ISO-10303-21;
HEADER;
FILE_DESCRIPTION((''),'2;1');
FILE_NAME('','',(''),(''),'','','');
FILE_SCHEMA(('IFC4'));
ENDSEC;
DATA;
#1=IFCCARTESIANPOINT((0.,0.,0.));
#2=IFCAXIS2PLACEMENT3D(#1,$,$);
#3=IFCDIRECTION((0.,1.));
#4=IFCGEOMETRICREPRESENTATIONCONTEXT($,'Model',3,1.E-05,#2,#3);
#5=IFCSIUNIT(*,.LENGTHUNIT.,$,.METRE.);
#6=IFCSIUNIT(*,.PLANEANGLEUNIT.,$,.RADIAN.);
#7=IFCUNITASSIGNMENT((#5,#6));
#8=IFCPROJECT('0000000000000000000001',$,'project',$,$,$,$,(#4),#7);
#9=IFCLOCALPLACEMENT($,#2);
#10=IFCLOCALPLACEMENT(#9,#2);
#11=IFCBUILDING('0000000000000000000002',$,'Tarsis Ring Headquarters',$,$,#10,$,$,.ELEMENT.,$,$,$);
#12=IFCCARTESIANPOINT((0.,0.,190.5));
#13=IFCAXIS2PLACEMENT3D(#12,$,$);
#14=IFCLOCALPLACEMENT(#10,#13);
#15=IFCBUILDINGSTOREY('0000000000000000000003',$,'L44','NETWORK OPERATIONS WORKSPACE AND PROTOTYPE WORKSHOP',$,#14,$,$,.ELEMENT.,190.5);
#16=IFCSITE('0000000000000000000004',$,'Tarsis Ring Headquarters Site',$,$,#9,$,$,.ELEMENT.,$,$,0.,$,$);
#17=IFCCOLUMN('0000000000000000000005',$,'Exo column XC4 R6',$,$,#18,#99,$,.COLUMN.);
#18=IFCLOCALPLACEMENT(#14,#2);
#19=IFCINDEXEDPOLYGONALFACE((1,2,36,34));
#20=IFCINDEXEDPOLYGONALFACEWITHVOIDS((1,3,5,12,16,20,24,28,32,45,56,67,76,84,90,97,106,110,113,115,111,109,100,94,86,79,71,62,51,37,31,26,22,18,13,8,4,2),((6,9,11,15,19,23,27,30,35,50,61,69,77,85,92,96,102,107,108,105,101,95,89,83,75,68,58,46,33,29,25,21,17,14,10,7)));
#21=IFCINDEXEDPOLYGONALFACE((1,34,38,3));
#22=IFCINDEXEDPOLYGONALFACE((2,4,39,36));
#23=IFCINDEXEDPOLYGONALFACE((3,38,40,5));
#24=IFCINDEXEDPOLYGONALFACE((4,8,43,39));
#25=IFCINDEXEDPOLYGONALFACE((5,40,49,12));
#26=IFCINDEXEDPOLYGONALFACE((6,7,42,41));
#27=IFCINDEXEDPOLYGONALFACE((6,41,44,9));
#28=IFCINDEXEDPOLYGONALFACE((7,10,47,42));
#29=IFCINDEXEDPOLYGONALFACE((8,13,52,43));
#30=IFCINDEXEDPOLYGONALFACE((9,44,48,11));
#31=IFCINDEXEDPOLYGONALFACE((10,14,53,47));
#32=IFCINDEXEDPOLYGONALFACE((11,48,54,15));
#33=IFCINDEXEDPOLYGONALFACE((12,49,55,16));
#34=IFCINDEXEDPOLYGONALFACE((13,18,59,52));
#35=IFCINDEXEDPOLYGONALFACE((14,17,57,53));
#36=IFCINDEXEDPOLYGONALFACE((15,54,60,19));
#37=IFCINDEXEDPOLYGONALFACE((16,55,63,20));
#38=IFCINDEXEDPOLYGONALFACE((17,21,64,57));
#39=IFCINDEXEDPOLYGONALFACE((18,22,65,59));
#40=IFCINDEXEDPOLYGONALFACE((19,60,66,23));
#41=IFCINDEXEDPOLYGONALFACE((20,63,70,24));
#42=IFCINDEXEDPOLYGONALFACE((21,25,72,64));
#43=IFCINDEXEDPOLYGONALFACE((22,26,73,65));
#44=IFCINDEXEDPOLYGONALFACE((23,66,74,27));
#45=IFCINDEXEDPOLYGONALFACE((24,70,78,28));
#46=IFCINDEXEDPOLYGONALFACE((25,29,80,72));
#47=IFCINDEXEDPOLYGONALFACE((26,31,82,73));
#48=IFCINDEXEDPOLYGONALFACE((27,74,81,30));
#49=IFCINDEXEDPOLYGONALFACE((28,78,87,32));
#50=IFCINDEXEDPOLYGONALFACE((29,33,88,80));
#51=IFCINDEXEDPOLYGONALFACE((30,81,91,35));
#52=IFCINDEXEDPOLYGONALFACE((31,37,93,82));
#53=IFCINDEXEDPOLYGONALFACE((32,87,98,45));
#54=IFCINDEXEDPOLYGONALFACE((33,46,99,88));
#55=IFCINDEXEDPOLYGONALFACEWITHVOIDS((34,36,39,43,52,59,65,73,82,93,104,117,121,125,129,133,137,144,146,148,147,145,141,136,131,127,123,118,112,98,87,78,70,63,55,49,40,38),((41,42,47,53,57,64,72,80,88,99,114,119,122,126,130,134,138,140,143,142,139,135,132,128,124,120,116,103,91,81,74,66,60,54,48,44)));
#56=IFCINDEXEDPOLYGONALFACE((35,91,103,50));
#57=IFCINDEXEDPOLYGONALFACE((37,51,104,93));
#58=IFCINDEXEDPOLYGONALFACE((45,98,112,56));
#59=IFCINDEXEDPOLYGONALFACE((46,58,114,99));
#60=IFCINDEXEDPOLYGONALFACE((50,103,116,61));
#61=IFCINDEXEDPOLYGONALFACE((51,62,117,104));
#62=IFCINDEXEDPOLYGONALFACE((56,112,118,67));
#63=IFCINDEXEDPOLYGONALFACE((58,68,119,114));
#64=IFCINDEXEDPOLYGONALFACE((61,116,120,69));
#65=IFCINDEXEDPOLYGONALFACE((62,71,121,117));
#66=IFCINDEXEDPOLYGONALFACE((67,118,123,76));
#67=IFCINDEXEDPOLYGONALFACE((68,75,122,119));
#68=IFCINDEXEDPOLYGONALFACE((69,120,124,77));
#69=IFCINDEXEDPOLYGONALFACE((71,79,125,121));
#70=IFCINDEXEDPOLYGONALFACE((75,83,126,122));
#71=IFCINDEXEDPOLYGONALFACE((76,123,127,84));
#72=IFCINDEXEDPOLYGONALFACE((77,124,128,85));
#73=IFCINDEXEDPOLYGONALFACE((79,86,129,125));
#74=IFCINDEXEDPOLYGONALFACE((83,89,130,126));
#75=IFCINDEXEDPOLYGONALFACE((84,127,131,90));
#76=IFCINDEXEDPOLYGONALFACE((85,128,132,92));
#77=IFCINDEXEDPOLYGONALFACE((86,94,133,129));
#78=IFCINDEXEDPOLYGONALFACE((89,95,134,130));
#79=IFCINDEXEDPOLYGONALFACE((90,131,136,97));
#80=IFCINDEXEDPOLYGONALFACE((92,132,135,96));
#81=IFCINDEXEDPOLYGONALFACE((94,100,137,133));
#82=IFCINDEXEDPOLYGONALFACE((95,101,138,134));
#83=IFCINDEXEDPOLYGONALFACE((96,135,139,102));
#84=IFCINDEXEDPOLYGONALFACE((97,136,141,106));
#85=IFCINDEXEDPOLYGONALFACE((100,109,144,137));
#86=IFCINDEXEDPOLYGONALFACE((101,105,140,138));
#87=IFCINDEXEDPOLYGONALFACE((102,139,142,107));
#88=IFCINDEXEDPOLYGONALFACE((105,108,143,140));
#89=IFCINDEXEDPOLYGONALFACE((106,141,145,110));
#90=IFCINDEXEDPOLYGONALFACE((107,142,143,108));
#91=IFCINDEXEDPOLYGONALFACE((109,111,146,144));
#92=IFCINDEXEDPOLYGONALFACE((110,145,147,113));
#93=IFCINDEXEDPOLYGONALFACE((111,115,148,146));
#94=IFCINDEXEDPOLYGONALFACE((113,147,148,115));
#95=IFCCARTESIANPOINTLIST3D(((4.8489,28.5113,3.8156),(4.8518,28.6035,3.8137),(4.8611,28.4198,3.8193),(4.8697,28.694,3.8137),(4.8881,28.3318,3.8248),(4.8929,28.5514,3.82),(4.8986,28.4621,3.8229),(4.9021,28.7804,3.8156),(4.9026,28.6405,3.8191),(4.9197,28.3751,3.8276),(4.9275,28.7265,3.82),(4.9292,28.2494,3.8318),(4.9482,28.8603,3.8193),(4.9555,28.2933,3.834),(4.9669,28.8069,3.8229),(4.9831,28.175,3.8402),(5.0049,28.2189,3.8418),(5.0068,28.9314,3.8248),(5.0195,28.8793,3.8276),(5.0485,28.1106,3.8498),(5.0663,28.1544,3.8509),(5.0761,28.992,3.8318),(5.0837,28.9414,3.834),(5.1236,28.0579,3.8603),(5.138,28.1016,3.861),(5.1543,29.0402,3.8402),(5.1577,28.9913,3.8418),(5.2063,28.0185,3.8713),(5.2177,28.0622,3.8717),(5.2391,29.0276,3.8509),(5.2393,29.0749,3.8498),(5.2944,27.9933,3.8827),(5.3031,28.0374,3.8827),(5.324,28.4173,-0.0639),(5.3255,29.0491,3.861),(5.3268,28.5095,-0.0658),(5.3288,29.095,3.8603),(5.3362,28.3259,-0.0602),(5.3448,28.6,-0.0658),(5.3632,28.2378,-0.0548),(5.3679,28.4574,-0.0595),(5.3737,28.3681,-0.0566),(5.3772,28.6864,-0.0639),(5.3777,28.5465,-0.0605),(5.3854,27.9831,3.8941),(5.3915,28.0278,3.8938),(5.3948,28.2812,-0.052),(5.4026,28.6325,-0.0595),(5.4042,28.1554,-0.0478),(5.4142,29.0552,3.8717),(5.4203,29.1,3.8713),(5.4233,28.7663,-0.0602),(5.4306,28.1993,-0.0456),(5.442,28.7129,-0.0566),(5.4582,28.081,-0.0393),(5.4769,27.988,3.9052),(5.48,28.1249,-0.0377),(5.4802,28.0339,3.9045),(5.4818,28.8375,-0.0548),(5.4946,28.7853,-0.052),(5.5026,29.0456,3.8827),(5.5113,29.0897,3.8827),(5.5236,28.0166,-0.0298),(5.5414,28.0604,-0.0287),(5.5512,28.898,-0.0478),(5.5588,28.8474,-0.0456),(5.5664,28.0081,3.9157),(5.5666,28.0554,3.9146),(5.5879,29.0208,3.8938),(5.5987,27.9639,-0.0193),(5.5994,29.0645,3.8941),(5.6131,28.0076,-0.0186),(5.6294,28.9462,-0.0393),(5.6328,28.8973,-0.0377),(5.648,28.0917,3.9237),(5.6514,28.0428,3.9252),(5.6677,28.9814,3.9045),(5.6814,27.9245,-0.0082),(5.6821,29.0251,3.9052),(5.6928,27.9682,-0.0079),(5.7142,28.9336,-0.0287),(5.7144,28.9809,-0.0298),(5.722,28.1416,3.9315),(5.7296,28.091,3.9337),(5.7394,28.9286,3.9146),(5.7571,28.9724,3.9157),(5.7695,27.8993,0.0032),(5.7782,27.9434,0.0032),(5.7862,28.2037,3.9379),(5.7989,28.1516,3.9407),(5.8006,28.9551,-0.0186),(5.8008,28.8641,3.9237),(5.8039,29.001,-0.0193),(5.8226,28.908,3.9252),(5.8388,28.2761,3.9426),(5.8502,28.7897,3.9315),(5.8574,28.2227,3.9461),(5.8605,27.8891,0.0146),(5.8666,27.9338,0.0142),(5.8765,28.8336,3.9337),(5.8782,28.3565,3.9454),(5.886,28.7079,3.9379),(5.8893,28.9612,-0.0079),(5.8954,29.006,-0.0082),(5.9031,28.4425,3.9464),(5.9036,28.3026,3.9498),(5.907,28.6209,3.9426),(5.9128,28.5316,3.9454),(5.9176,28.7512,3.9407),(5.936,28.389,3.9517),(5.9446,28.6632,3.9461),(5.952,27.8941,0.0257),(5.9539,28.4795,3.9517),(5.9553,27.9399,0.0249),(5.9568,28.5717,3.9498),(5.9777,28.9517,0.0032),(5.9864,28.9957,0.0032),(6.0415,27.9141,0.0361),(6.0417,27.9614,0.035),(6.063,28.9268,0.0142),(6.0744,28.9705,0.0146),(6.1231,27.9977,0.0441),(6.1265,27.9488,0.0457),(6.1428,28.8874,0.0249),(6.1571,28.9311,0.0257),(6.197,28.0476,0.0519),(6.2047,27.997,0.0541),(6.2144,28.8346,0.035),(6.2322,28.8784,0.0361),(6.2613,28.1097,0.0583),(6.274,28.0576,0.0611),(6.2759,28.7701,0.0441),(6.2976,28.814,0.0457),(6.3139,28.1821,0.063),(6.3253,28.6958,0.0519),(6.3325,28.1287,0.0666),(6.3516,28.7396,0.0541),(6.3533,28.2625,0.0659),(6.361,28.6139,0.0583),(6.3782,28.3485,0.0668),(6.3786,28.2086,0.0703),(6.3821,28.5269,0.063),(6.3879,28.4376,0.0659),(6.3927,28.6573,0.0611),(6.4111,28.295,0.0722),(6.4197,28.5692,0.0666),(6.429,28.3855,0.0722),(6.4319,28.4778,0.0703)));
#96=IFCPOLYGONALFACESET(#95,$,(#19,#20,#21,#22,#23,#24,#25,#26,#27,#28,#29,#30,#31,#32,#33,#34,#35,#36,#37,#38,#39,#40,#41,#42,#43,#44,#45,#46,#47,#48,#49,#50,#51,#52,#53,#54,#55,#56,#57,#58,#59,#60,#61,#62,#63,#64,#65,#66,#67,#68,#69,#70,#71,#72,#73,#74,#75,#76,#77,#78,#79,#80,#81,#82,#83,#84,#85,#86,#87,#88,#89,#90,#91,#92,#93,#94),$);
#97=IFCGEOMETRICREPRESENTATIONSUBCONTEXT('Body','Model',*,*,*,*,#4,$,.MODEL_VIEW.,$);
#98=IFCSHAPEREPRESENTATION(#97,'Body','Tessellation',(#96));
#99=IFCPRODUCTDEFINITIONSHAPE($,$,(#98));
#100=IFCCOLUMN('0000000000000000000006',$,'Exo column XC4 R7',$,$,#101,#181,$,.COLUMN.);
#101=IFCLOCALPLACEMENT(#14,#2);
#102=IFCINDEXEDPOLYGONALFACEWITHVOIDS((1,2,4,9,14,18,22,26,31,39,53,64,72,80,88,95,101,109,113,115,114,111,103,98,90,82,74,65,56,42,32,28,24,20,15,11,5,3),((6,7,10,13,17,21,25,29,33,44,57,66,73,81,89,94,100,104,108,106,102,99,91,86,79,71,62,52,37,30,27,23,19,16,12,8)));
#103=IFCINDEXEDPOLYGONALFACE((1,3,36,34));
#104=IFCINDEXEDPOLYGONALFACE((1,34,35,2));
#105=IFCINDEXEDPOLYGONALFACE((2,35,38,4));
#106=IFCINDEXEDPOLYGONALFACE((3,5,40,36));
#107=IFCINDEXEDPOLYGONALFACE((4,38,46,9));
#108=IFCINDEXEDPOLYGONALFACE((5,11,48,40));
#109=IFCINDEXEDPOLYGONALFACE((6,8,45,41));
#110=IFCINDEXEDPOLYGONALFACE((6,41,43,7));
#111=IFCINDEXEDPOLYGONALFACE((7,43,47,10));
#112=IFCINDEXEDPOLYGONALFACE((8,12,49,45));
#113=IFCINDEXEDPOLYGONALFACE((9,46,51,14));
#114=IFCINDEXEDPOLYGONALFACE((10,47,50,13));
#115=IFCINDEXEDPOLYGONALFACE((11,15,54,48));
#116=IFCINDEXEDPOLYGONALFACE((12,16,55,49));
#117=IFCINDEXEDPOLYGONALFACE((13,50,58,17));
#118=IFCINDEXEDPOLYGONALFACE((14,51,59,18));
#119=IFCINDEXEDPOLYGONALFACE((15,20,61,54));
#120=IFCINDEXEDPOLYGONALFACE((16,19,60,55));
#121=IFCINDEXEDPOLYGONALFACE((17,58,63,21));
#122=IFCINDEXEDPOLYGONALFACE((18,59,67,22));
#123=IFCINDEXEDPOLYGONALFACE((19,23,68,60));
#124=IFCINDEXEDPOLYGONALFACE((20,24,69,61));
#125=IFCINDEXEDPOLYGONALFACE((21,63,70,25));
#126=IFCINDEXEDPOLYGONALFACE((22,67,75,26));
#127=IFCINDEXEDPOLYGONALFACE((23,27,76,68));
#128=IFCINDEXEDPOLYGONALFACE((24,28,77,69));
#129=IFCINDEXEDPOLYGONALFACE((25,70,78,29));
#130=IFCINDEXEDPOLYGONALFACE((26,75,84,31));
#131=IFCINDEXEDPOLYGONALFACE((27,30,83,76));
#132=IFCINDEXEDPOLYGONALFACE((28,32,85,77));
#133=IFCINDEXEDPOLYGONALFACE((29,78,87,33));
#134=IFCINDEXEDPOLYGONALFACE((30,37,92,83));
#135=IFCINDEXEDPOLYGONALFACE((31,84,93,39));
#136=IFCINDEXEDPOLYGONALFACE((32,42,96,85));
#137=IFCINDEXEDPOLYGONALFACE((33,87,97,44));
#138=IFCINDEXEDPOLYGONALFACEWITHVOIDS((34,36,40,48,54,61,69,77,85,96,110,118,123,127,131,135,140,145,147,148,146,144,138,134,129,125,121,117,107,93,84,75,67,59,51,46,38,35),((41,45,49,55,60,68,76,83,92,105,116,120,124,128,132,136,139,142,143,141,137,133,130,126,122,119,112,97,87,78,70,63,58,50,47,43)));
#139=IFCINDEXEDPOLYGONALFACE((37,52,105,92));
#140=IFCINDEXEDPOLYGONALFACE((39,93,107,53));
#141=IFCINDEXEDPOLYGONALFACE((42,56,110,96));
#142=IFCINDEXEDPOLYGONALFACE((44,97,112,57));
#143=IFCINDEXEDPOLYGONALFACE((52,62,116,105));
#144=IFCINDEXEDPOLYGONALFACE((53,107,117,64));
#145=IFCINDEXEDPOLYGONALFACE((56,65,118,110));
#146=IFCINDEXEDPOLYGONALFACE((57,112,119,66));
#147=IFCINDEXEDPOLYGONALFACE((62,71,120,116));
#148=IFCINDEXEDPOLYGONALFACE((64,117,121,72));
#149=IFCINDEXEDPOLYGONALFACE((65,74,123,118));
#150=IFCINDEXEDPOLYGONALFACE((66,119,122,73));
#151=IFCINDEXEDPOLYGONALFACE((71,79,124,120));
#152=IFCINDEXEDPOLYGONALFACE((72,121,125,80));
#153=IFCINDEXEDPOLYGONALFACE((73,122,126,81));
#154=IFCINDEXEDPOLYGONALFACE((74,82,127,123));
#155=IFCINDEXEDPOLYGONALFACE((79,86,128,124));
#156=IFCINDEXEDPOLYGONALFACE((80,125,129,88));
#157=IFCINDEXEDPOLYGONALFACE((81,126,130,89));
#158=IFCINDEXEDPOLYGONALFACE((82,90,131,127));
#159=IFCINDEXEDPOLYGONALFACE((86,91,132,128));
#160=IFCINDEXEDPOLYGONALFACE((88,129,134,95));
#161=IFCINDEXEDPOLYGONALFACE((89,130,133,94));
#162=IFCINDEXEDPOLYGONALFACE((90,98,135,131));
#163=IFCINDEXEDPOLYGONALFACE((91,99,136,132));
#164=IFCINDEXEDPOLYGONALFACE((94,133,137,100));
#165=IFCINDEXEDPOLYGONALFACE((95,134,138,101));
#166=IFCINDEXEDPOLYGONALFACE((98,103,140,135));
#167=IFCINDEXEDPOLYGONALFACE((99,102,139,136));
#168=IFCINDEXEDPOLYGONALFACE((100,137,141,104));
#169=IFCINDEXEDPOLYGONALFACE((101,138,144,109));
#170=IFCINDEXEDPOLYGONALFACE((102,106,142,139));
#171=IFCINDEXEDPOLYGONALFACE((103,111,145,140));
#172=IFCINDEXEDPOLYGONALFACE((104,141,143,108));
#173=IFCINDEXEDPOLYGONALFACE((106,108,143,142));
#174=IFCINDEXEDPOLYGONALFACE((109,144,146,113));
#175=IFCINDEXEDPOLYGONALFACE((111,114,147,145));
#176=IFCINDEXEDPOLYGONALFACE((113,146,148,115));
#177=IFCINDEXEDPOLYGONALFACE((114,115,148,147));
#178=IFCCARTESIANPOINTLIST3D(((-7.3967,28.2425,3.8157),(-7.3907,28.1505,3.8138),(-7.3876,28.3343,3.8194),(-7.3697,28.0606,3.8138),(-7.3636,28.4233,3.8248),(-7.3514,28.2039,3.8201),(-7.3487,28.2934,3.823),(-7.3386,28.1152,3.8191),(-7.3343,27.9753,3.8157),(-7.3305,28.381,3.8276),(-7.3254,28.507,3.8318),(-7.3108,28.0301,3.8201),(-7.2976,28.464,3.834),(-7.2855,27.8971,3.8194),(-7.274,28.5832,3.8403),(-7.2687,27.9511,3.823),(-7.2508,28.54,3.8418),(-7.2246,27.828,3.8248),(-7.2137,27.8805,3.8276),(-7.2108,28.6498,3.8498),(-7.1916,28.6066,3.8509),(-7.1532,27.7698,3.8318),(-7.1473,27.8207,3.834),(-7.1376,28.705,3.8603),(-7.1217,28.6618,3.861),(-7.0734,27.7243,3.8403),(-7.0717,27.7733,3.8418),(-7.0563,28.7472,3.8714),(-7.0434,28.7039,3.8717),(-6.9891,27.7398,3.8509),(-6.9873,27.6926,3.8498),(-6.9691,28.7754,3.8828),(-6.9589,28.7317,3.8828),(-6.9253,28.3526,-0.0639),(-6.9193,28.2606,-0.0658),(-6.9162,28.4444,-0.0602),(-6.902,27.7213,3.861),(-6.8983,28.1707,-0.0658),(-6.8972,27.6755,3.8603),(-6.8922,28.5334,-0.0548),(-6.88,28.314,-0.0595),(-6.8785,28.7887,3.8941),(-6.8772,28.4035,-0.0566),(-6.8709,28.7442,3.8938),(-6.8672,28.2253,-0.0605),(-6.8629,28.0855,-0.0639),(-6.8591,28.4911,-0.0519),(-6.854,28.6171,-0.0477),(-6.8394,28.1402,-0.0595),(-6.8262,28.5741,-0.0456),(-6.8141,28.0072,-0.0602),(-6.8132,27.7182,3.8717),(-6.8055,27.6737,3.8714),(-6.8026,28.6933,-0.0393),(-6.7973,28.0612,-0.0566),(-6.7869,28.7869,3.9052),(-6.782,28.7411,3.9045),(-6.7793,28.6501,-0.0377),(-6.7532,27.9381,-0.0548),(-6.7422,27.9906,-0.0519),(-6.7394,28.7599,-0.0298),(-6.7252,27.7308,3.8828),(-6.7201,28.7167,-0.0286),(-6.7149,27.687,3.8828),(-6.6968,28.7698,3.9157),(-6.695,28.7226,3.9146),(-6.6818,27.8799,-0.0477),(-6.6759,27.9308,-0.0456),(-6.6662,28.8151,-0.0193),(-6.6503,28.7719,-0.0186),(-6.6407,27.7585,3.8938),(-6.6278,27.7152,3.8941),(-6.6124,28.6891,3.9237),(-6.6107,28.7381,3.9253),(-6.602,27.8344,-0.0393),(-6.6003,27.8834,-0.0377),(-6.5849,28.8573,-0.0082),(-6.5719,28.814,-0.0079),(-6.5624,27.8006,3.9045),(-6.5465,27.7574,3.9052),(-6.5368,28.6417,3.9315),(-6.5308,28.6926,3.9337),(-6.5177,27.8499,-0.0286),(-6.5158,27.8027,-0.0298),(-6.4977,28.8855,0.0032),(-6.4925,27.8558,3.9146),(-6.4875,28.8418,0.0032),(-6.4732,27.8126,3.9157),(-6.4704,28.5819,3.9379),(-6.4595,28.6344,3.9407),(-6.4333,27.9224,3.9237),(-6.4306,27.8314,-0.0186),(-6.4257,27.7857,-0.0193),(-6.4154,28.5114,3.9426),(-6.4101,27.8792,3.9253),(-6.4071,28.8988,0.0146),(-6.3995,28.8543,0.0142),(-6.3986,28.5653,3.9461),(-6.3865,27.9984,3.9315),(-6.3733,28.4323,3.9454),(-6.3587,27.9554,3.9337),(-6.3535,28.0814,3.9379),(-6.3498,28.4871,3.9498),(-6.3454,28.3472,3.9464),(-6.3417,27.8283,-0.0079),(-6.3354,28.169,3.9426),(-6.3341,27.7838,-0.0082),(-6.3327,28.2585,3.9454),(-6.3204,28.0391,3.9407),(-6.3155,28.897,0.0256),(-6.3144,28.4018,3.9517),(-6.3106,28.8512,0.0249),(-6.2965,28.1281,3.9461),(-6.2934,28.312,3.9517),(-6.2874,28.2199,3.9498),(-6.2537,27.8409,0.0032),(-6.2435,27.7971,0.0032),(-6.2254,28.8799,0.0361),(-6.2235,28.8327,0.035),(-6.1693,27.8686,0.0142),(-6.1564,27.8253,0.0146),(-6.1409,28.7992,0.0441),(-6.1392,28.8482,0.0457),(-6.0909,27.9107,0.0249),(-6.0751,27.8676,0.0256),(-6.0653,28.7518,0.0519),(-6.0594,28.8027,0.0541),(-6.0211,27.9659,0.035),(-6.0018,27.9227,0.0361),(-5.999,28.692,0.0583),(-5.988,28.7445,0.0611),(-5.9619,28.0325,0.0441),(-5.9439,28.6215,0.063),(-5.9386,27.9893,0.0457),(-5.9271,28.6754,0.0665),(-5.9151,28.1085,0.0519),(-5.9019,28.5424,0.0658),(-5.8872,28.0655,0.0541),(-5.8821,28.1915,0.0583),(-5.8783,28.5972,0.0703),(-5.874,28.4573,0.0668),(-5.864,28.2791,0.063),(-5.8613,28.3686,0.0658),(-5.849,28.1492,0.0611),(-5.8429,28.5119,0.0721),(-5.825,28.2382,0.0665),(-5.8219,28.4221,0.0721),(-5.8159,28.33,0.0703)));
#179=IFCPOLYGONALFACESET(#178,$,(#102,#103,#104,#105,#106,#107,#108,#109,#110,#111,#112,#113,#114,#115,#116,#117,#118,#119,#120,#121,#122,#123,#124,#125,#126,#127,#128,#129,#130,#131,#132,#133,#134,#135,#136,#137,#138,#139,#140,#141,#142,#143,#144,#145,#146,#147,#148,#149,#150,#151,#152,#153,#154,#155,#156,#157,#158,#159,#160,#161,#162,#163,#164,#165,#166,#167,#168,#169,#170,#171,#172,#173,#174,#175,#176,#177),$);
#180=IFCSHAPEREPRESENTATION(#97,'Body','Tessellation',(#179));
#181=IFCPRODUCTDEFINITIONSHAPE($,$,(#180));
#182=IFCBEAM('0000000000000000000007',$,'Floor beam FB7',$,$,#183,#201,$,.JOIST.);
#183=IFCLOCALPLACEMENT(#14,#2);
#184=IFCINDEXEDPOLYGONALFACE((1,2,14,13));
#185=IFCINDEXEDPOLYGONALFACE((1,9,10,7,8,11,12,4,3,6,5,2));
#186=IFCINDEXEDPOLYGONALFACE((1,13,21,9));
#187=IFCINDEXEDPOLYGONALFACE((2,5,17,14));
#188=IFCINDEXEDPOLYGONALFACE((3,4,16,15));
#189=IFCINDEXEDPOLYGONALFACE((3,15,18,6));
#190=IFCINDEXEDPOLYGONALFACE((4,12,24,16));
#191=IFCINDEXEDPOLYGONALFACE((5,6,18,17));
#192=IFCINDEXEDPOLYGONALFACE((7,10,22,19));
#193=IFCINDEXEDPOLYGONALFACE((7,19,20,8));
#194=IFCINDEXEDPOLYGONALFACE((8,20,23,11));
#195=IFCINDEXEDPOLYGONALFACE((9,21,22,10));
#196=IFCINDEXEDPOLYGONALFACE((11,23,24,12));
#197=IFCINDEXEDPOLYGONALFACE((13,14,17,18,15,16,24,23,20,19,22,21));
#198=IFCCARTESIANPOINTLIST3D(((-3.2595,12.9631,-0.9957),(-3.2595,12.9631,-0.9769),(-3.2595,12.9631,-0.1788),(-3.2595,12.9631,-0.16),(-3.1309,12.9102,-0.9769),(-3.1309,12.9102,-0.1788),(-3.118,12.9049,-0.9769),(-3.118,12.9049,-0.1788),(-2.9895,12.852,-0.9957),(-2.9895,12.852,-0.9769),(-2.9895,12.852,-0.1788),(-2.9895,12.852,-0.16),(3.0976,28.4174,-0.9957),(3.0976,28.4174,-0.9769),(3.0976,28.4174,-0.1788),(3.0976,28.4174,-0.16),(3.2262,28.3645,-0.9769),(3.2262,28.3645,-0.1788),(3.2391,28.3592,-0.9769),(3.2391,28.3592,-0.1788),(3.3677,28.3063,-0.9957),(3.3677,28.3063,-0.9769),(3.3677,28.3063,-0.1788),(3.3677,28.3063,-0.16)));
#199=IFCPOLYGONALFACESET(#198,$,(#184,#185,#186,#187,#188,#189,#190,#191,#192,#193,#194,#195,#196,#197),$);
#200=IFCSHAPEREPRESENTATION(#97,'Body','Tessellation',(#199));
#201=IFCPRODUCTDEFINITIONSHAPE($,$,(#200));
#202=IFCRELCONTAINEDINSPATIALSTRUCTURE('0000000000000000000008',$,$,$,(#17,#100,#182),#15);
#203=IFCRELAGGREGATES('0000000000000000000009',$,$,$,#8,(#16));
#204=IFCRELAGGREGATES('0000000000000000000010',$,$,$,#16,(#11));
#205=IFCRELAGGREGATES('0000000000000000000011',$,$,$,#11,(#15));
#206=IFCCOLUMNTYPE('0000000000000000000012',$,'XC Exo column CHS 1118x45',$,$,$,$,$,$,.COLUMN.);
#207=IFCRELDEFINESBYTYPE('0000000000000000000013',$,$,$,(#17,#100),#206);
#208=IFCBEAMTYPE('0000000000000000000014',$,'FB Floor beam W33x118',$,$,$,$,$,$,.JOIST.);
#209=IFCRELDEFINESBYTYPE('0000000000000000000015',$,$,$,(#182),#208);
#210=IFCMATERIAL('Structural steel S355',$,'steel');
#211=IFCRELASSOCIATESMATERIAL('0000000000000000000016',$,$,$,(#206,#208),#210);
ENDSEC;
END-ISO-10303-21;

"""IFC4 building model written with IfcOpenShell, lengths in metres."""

from ifc_helpers import new_model, si_unit, direction, frame, origin, origin_2d, place, context, subcontext, project, spatial, hollow_circle, i_section, extrude, material, material_profile, profile_set, type_object, element, save


model = new_model("IFC4")

# Units and contexts
model_context = context("Model", 3, precision=1e-05, world=origin(), true_north=direction((0.0, 1.0)))
body_context = subcontext(model_context, "Body", "Model", "MODEL_VIEW")
ifc_project = project(units=[si_unit("LENGTHUNIT", "METRE"), si_unit("PLANEANGLEUNIT", "RADIAN")], contexts=[model_context])

# Site, building, storey
site_placement = place(None, origin())
site = spatial("IfcSite", under=ifc_project, at=site_placement, Name="Tarsis Ring Headquarters Site", CompositionType="ELEMENT", RefElevation=0.0)
building_placement = place(site_placement, origin())
building = spatial("IfcBuilding", under=site, at=building_placement, Name="Tarsis Ring Headquarters", CompositionType="ELEMENT")
storey_placement = place(building_placement, frame((0.0, 0.0, 190.5)))
storey = spatial("IfcBuildingStorey", under=building, at=storey_placement, Name="L44", Description="NETWORK OPERATIONS WORKSPACE AND PROTOTYPE WORKSHOP", CompositionType="ELEMENT", Elevation=190.5)

# Columns
ifc_material_1 = material(Name="Structural steel S355", Category="steel")
ifc_material_profile_1 = material_profile(ifc_material_1, hollow_circle(Radius=0.5588, WallThickness=0.0449, at=origin_2d()), Name="CHS 1118x45")
ifc_profile_set_1 = profile_set([ifc_material_profile_1], Name="Structural steel S355")
column_type = type_object("IfcColumnType", Name="XC Exo column CHS 1118x45", PredefinedType="COLUMN", material=ifc_profile_set_1)
for number, where, z_axis, x_axis, name in (
    (1, (5.8779, 28.4475, 0.0032), (-0.121516, 0.024041, 0.992298), (-0.19408, -0.980986, 0.0), "Exo column XC4 R6"),
    (2, (-6.3706, 28.3413, 0.0032), (-0.12058, -0.028162, 0.992304), (0.227437, -0.973793, 0.0), "Exo column XC4 R7"),
):
    element("IfcColumn", number, at=place(storey_placement, frame(where, z_axis=z_axis, x_axis=x_axis)), inside=storey, type_object=column_type, Name=name, PredefinedType="COLUMN", context=body_context, shape_type="SweptSolid", body=[
        extrude(hollow_circle(Radius=0.5588, WallThickness=0.0449, at=origin_2d()), origin(), (0.0, 0.0, 1.0), 3.9097),
    ])

# Beam
ifc_material_profile_2 = material_profile(ifc_material_1, i_section(OverallWidth=0.292, OverallDepth=0.8357, WebThickness=0.0139, FlangeThickness=0.0188, at=origin_2d()), Name="W33x118")
ifc_profile_set_2 = profile_set([ifc_material_profile_2], Name="Structural steel S355")
beam_type_1 = type_object("IfcBeamType", Name="FB Floor beam W33x118", PredefinedType="JOIST", material=ifc_profile_set_2)
beam_1_placement = place(storey_placement, frame((3.2327, 28.3618, -0.5779), z_axis=(-0.380424, -0.924812, 0.0), x_axis=(0.924812, -0.380424, 0.0)))
element("IfcBeam", 3, at=beam_1_placement, inside=storey, type_object=beam_type_1, Name="Floor beam FB7", PredefinedType="JOIST", context=body_context, shape_type="SweptSolid", body=[
    extrude(i_section(OverallWidth=0.292, OverallDepth=0.8357, WebThickness=0.0139, FlangeThickness=0.0188, at=origin_2d()), origin(), (0.0, 0.0, 1.0), 16.7107),
])

save(model, "model.ifc")
